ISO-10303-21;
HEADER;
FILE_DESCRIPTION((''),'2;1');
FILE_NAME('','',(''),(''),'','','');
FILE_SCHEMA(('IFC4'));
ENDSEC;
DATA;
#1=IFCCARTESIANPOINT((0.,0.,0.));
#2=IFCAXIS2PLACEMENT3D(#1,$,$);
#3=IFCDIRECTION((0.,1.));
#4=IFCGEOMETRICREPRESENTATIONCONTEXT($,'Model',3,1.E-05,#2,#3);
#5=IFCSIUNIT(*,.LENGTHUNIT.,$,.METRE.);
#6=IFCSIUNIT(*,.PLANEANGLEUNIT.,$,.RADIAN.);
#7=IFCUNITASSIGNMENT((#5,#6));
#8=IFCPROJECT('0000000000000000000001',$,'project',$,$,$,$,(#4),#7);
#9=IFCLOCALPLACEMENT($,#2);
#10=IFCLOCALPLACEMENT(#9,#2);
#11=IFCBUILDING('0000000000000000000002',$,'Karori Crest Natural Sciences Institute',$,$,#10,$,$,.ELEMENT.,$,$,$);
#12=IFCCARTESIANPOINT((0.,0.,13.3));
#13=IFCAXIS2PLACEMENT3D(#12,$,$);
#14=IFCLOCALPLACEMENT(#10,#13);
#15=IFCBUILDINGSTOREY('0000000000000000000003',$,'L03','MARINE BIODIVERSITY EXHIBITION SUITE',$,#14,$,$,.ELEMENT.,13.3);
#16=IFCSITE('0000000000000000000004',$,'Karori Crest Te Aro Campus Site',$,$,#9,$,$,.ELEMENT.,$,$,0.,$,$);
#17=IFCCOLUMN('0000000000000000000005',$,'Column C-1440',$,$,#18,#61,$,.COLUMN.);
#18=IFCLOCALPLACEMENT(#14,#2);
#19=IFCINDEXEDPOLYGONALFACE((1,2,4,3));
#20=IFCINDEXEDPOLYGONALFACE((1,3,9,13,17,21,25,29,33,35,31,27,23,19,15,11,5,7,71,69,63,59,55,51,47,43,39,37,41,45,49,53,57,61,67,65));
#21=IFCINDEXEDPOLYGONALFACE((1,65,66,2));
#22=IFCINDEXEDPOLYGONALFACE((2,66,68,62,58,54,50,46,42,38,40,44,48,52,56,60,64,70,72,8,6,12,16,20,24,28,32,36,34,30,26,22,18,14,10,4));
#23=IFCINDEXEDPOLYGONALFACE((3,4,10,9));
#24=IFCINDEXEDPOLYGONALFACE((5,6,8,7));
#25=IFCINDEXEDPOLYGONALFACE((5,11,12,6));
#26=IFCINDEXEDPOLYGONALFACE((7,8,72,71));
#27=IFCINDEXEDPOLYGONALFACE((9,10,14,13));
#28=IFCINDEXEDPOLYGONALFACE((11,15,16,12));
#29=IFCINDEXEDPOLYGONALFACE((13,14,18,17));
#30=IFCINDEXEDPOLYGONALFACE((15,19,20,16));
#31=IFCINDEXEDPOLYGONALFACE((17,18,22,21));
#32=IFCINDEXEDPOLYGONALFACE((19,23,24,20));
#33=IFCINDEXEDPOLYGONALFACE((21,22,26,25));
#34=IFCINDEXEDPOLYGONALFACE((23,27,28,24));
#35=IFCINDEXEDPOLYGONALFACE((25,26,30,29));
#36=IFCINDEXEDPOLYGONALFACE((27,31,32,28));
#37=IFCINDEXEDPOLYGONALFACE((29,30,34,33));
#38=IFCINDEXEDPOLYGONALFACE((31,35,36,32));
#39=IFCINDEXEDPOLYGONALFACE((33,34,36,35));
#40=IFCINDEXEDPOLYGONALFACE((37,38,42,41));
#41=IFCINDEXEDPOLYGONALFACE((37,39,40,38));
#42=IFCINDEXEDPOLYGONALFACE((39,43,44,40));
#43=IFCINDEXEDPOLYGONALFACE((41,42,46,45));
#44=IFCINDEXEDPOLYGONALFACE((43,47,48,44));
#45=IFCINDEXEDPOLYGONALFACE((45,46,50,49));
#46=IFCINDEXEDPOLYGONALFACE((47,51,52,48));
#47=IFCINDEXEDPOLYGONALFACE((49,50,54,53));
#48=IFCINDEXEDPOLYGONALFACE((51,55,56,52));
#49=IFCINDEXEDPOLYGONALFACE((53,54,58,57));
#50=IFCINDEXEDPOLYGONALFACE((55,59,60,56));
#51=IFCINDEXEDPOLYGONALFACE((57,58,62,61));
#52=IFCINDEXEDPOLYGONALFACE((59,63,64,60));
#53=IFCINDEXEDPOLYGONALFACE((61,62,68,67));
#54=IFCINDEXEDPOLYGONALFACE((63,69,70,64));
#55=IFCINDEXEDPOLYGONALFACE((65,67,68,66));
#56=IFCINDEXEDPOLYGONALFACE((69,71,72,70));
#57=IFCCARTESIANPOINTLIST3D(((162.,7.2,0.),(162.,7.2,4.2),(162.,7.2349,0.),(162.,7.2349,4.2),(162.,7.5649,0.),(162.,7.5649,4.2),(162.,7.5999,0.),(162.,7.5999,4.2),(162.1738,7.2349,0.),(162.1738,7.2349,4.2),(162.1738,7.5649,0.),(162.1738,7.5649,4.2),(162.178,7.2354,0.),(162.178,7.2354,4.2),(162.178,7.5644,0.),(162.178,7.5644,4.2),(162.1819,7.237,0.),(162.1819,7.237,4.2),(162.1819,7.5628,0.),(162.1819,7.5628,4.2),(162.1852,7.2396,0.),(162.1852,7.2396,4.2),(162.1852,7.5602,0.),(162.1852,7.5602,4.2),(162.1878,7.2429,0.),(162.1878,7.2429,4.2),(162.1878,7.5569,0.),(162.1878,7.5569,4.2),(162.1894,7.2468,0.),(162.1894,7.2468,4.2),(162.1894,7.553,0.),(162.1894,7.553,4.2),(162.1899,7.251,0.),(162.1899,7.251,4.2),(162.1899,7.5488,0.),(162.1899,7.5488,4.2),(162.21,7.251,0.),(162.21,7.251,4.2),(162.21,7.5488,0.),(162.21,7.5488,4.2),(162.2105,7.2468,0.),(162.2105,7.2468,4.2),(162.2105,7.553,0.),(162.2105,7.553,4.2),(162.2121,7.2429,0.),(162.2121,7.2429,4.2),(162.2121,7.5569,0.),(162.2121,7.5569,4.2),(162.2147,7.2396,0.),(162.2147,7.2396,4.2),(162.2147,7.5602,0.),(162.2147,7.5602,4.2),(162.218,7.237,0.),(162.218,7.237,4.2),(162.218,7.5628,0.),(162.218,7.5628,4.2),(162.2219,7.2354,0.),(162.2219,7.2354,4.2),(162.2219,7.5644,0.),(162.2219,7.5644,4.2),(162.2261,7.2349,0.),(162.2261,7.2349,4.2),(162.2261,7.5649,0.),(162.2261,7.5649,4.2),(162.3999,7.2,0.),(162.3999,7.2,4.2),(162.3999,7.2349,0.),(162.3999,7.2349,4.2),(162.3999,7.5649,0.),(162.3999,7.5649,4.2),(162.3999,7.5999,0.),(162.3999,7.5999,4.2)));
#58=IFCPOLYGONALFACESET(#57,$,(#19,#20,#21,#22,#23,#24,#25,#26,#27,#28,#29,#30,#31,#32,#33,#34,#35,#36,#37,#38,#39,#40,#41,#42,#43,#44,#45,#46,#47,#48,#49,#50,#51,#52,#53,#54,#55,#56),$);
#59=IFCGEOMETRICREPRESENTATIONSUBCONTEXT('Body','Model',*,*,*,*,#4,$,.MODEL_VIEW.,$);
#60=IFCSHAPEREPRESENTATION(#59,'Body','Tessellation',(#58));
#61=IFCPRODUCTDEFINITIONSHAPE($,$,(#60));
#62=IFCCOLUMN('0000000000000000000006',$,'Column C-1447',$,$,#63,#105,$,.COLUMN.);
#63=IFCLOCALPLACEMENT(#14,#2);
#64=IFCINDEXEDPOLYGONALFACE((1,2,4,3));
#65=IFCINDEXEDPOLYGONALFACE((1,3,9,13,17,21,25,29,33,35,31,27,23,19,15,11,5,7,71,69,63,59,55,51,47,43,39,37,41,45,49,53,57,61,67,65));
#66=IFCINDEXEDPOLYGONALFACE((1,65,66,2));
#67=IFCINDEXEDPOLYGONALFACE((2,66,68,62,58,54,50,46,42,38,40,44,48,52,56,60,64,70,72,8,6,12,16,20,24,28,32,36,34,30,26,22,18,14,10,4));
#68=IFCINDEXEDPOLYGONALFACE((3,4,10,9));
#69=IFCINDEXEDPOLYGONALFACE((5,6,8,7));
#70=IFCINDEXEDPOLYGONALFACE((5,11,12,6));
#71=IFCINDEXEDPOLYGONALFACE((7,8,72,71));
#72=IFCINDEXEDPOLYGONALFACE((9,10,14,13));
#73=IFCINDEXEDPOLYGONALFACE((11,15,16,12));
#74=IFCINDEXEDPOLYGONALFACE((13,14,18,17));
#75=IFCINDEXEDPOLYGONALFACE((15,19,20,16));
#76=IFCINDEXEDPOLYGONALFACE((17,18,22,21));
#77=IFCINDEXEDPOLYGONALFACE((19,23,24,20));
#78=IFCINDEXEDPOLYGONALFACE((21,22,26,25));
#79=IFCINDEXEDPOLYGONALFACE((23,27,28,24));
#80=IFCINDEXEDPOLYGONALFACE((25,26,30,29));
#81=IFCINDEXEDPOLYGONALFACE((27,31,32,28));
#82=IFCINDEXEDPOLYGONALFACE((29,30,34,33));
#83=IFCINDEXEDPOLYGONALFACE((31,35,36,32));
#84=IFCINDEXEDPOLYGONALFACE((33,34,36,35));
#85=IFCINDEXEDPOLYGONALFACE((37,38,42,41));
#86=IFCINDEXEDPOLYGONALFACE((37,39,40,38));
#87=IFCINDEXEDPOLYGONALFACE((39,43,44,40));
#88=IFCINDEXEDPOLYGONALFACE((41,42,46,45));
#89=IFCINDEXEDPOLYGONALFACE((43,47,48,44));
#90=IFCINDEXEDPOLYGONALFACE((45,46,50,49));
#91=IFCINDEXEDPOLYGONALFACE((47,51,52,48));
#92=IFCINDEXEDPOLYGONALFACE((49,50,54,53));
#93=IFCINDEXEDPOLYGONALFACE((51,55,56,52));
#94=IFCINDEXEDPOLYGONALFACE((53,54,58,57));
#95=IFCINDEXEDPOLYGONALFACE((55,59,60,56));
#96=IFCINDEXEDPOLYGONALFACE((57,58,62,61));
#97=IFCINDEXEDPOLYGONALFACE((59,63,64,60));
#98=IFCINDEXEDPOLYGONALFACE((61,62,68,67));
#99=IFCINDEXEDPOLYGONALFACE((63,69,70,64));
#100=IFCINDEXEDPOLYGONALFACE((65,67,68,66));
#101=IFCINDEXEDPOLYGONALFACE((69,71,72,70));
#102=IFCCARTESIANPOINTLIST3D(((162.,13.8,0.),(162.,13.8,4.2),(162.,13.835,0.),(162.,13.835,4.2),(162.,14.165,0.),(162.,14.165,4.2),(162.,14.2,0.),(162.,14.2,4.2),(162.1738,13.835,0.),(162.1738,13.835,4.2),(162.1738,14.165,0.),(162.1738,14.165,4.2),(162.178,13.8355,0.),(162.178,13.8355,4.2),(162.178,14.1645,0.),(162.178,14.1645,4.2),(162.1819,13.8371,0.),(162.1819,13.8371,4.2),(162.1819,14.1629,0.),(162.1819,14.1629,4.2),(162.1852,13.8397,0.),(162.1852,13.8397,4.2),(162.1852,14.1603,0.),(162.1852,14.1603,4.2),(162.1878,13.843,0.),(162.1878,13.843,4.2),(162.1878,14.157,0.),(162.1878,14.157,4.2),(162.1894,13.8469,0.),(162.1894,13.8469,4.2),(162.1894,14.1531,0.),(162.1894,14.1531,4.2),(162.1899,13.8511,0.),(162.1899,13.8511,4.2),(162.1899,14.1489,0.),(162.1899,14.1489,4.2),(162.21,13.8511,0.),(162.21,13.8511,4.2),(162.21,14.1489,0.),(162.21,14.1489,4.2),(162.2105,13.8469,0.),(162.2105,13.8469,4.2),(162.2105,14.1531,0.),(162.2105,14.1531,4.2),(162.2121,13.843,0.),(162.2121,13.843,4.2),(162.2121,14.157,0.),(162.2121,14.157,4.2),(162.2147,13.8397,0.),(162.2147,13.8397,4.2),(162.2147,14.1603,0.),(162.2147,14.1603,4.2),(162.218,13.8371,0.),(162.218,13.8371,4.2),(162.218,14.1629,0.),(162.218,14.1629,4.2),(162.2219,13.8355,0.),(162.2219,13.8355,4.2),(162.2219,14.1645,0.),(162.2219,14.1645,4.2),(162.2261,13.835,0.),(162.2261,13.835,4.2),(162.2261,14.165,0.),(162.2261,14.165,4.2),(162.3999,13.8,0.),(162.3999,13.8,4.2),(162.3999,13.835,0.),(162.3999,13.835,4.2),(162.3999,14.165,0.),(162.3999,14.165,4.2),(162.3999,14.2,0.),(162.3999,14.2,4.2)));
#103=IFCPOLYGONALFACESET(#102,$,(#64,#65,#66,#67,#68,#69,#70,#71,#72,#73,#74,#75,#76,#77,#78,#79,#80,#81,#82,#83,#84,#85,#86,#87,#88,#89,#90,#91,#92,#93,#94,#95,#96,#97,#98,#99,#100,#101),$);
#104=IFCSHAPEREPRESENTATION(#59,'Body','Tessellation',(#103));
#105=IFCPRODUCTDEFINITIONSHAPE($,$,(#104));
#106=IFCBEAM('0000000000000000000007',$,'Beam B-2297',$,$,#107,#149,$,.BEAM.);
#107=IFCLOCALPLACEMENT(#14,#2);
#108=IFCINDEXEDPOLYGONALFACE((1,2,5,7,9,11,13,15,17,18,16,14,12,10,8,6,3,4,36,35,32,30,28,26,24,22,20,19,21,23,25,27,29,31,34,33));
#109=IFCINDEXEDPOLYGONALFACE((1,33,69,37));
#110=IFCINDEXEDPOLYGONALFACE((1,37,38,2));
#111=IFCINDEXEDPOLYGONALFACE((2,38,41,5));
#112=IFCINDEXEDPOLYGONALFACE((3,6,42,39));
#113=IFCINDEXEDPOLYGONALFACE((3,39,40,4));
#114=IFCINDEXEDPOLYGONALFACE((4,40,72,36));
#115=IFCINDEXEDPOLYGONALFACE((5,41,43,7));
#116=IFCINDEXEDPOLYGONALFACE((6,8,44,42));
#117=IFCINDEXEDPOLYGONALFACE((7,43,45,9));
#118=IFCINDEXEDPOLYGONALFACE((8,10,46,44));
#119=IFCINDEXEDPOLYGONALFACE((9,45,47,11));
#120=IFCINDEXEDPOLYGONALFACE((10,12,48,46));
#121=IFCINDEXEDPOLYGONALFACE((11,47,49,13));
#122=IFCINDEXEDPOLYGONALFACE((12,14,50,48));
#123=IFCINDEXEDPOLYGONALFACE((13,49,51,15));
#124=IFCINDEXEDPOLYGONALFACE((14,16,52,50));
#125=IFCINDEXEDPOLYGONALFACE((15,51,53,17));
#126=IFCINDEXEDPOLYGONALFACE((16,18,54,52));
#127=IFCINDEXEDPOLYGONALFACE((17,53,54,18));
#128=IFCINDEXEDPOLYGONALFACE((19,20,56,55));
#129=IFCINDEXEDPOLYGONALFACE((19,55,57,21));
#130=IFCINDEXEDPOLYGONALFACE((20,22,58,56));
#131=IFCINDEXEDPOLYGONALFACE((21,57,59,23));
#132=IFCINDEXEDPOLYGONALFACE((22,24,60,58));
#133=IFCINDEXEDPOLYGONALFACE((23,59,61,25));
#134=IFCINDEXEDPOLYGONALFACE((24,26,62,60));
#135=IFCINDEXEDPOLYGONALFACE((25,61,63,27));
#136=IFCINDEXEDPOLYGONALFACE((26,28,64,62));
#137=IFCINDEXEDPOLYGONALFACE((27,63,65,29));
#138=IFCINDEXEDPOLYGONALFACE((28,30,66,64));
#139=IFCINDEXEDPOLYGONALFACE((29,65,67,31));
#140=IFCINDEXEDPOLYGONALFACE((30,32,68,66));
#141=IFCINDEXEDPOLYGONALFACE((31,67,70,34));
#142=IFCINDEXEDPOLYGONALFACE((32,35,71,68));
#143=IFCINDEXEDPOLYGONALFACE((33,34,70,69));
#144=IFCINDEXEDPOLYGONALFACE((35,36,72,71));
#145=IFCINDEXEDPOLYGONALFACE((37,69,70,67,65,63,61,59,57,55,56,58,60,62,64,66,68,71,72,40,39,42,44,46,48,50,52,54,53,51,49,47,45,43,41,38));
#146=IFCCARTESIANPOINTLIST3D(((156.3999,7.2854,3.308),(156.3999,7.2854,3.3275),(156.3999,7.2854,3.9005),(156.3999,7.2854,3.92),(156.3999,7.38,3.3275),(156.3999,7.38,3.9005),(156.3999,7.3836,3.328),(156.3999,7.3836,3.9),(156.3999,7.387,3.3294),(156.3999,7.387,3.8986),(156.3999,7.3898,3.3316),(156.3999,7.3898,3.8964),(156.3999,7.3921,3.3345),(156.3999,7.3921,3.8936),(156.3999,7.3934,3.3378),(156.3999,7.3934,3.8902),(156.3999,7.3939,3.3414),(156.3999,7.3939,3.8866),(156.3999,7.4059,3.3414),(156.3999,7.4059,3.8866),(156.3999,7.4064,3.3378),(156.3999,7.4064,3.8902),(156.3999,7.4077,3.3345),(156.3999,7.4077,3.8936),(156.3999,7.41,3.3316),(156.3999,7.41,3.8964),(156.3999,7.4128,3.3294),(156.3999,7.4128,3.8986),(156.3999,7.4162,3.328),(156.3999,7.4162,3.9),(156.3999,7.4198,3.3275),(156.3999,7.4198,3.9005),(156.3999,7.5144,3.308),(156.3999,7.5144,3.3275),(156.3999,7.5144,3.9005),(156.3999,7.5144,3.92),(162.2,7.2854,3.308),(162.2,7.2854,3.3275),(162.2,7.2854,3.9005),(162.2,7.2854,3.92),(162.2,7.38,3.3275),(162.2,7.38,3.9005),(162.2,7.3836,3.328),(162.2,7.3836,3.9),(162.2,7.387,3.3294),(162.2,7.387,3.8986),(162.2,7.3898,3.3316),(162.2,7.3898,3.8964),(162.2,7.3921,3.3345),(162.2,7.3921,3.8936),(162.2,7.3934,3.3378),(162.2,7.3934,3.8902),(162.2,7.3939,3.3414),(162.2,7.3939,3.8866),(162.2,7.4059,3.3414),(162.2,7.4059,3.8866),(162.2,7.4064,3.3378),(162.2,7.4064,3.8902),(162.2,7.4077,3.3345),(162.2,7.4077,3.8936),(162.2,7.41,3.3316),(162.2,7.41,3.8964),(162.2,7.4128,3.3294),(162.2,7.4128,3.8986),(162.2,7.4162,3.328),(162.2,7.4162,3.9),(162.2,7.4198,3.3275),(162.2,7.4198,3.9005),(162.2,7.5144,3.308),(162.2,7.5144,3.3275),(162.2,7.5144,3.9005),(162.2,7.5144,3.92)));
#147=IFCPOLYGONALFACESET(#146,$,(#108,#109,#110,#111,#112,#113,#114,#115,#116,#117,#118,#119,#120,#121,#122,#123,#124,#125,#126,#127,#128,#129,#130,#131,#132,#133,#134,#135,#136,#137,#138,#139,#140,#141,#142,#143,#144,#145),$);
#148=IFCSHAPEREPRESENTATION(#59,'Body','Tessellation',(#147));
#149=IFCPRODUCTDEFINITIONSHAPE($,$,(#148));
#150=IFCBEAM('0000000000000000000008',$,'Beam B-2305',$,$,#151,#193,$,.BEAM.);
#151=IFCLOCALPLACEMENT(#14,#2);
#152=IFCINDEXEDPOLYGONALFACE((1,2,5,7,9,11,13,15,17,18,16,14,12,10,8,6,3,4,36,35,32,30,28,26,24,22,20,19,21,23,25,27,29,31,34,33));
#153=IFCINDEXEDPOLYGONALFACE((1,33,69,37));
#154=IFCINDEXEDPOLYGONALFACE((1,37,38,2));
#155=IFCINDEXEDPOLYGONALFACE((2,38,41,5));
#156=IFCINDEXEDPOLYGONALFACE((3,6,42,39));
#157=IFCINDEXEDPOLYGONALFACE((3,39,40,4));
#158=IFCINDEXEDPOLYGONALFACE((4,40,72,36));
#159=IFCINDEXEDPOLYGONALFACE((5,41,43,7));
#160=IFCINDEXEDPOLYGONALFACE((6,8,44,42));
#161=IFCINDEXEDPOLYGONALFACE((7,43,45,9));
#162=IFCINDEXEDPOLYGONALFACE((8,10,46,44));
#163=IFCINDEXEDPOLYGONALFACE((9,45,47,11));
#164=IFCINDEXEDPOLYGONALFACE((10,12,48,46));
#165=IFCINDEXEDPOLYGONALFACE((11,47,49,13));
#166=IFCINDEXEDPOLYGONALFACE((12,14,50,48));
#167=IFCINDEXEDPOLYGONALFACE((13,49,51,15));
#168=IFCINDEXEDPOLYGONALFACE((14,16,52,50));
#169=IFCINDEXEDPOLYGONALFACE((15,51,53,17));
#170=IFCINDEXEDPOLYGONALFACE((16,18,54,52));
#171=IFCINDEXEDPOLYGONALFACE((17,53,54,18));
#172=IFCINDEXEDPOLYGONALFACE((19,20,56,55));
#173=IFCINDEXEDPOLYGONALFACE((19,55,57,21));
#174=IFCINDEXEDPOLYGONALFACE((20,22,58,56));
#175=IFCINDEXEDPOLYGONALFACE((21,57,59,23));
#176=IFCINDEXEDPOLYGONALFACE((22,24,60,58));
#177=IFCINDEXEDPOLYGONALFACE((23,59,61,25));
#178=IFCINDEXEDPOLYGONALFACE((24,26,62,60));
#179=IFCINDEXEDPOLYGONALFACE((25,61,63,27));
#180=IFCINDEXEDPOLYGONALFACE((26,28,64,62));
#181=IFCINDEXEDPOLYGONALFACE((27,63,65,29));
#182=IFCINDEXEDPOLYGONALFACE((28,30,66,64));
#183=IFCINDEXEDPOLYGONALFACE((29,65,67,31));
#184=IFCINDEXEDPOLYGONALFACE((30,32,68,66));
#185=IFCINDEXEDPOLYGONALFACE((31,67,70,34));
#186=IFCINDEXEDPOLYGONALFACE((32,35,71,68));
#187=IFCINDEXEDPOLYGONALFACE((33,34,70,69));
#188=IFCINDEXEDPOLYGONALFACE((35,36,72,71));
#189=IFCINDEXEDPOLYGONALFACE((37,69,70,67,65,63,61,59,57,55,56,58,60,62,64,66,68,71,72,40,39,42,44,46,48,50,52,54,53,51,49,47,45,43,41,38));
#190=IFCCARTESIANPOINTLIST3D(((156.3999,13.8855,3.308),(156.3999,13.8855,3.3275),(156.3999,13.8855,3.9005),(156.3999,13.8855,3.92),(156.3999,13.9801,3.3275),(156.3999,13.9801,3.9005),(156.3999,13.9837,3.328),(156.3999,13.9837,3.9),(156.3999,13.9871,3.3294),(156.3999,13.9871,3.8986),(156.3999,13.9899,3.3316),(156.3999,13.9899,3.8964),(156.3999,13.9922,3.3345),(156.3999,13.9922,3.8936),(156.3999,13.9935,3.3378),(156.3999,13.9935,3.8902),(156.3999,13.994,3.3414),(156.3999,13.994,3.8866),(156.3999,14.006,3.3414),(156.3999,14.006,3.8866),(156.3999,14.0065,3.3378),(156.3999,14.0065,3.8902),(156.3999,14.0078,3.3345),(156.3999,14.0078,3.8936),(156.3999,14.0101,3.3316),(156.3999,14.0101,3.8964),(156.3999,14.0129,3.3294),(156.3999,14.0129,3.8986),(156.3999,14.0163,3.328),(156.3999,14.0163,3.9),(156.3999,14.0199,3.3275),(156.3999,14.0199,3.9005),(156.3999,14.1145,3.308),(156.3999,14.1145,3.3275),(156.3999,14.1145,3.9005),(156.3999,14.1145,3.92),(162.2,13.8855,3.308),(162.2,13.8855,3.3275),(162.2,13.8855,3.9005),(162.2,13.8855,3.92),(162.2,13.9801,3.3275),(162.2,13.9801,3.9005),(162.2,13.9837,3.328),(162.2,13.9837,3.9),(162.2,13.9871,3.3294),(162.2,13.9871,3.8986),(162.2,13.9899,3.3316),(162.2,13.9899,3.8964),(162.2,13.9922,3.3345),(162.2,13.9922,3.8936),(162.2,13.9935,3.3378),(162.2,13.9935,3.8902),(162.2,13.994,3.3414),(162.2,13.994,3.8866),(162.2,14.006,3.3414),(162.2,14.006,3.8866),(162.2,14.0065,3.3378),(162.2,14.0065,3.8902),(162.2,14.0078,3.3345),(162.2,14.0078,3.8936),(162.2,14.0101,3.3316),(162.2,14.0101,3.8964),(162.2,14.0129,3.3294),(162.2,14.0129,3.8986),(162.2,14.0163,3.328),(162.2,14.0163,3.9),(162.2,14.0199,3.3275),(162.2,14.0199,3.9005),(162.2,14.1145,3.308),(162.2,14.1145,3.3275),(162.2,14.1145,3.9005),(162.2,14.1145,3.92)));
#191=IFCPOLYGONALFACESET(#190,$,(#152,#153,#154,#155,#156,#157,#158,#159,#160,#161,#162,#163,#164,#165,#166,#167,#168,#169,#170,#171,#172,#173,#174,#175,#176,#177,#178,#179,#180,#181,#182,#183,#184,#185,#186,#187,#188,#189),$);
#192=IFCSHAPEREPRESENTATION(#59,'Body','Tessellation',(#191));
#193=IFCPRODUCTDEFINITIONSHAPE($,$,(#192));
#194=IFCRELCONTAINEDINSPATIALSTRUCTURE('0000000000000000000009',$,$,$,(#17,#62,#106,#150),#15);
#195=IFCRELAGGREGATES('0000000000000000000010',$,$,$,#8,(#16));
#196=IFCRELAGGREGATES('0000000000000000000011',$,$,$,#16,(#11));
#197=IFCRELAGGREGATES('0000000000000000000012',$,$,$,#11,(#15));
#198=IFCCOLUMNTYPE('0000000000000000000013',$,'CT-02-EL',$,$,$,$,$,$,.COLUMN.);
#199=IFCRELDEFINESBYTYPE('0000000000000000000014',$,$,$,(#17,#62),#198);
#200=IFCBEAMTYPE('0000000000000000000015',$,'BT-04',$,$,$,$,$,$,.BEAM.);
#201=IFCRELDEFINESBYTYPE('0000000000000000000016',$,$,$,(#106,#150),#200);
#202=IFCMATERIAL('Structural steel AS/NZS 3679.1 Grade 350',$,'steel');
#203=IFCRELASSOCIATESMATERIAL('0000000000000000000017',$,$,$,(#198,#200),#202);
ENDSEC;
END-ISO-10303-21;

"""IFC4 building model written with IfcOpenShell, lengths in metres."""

from ifc_helpers import new_model, si_unit, direction, frame, origin, origin_2d, place, context, subcontext, project, spatial, i_section, extrude, material, material_profile, profile_set, type_object, element, save


model = new_model("IFC4")

# Units and contexts
model_context = context("Model", 3, precision=1e-05, world=origin(), true_north=direction((0.0, 1.0)))
body_context = subcontext(model_context, "Body", "Model", "MODEL_VIEW")
ifc_project = project(units=[si_unit("LENGTHUNIT", "METRE"), si_unit("PLANEANGLEUNIT", "RADIAN")], contexts=[model_context])

# Site, building, storey
site_placement = place(None, origin())
site = spatial("IfcSite", under=ifc_project, at=site_placement, Name="Karori Crest Te Aro Campus Site", CompositionType="ELEMENT", RefElevation=0.0)
building_placement = place(site_placement, origin())
building = spatial("IfcBuilding", under=site, at=building_placement, Name="Karori Crest Natural Sciences Institute", CompositionType="ELEMENT")
storey_placement = place(building_placement, frame((0.0, 0.0, 13.3)))
storey = spatial("IfcBuildingStorey", under=building, at=storey_placement, Name="L03", Description="MARINE BIODIVERSITY EXHIBITION SUITE", CompositionType="ELEMENT", Elevation=13.3)

# Columns
ifc_material_1 = material(Name="Structural steel AS/NZS 3679.1 Grade 350", Category="steel")
ifc_material_profile_1 = material_profile(ifc_material_1, i_section(OverallWidth=0.3999, OverallDepth=0.3999, WebThickness=0.02, FlangeThickness=0.0349, FilletRadius=0.0161, at=origin_2d()), Name="400WC328")
ifc_profile_set_1 = profile_set([ifc_material_profile_1], Name="Structural steel AS/NZS 3679.1 Grade 350")
column_type_1 = type_object("IfcColumnType", Name="CT-02-EL", PredefinedType="COLUMN", material=ifc_profile_set_1)
for number, where, z_axis, x_axis, name in (
    (1, (162.2, 7.3999, 0.0), (0.0, 0.0, 1.0), (1.0, 0.0, 0.0), "Column C-1440"),
    (2, (162.2, 14.0, 0.0), (0.0, 0.0, 1.0), (1.0, 0.0, 0.0), "Column C-1447"),
):
    element("IfcColumn", number, at=place(storey_placement, frame(where, z_axis=z_axis, x_axis=x_axis)), inside=storey, type_object=column_type_1, Name=name, PredefinedType="COLUMN", context=body_context, shape_type="SweptSolid", body=[
        extrude(i_section(OverallWidth=0.3999, OverallDepth=0.3999, WebThickness=0.02, FlangeThickness=0.0349, FilletRadius=0.0161, at=origin_2d()), origin(), (0.0, 0.0, 1.0), 4.2),
    ])

# Beams
ifc_material_profile_2 = material_profile(ifc_material_1, i_section(OverallWidth=0.229, OverallDepth=0.6121, WebThickness=0.012, FlangeThickness=0.0195, FilletRadius=0.0139, at=origin_2d()), Name="610UB125")
ifc_profile_set_2 = profile_set([ifc_material_profile_2], Name="Structural steel AS/NZS 3679.1 Grade 350")
beam_type_1 = type_object("IfcBeamType", Name="BT-04", PredefinedType="BEAM", material=ifc_profile_set_2)
for number, where, z_axis, x_axis, name in (
    (3, (156.3999, 7.3999, 3.614), (1.0, 0.0, 0.0), (0.0, 1.0, 0.0), "Beam B-2297"),
    (4, (156.3999, 14.0, 3.614), (1.0, 0.0, 0.0), (0.0, 1.0, 0.0), "Beam B-2305"),
):
    element("IfcBeam", number, at=place(storey_placement, frame(where, z_axis=z_axis, x_axis=x_axis)), inside=storey, type_object=beam_type_1, Name=name, PredefinedType="BEAM", context=body_context, shape_type="SweptSolid", body=[
        extrude(i_section(OverallWidth=0.229, OverallDepth=0.6121, WebThickness=0.012, FlangeThickness=0.0195, FilletRadius=0.0139, at=origin_2d()), origin(), (0.0, 0.0, 1.0), 5.8),
    ])

save(model, "model.ifc")
